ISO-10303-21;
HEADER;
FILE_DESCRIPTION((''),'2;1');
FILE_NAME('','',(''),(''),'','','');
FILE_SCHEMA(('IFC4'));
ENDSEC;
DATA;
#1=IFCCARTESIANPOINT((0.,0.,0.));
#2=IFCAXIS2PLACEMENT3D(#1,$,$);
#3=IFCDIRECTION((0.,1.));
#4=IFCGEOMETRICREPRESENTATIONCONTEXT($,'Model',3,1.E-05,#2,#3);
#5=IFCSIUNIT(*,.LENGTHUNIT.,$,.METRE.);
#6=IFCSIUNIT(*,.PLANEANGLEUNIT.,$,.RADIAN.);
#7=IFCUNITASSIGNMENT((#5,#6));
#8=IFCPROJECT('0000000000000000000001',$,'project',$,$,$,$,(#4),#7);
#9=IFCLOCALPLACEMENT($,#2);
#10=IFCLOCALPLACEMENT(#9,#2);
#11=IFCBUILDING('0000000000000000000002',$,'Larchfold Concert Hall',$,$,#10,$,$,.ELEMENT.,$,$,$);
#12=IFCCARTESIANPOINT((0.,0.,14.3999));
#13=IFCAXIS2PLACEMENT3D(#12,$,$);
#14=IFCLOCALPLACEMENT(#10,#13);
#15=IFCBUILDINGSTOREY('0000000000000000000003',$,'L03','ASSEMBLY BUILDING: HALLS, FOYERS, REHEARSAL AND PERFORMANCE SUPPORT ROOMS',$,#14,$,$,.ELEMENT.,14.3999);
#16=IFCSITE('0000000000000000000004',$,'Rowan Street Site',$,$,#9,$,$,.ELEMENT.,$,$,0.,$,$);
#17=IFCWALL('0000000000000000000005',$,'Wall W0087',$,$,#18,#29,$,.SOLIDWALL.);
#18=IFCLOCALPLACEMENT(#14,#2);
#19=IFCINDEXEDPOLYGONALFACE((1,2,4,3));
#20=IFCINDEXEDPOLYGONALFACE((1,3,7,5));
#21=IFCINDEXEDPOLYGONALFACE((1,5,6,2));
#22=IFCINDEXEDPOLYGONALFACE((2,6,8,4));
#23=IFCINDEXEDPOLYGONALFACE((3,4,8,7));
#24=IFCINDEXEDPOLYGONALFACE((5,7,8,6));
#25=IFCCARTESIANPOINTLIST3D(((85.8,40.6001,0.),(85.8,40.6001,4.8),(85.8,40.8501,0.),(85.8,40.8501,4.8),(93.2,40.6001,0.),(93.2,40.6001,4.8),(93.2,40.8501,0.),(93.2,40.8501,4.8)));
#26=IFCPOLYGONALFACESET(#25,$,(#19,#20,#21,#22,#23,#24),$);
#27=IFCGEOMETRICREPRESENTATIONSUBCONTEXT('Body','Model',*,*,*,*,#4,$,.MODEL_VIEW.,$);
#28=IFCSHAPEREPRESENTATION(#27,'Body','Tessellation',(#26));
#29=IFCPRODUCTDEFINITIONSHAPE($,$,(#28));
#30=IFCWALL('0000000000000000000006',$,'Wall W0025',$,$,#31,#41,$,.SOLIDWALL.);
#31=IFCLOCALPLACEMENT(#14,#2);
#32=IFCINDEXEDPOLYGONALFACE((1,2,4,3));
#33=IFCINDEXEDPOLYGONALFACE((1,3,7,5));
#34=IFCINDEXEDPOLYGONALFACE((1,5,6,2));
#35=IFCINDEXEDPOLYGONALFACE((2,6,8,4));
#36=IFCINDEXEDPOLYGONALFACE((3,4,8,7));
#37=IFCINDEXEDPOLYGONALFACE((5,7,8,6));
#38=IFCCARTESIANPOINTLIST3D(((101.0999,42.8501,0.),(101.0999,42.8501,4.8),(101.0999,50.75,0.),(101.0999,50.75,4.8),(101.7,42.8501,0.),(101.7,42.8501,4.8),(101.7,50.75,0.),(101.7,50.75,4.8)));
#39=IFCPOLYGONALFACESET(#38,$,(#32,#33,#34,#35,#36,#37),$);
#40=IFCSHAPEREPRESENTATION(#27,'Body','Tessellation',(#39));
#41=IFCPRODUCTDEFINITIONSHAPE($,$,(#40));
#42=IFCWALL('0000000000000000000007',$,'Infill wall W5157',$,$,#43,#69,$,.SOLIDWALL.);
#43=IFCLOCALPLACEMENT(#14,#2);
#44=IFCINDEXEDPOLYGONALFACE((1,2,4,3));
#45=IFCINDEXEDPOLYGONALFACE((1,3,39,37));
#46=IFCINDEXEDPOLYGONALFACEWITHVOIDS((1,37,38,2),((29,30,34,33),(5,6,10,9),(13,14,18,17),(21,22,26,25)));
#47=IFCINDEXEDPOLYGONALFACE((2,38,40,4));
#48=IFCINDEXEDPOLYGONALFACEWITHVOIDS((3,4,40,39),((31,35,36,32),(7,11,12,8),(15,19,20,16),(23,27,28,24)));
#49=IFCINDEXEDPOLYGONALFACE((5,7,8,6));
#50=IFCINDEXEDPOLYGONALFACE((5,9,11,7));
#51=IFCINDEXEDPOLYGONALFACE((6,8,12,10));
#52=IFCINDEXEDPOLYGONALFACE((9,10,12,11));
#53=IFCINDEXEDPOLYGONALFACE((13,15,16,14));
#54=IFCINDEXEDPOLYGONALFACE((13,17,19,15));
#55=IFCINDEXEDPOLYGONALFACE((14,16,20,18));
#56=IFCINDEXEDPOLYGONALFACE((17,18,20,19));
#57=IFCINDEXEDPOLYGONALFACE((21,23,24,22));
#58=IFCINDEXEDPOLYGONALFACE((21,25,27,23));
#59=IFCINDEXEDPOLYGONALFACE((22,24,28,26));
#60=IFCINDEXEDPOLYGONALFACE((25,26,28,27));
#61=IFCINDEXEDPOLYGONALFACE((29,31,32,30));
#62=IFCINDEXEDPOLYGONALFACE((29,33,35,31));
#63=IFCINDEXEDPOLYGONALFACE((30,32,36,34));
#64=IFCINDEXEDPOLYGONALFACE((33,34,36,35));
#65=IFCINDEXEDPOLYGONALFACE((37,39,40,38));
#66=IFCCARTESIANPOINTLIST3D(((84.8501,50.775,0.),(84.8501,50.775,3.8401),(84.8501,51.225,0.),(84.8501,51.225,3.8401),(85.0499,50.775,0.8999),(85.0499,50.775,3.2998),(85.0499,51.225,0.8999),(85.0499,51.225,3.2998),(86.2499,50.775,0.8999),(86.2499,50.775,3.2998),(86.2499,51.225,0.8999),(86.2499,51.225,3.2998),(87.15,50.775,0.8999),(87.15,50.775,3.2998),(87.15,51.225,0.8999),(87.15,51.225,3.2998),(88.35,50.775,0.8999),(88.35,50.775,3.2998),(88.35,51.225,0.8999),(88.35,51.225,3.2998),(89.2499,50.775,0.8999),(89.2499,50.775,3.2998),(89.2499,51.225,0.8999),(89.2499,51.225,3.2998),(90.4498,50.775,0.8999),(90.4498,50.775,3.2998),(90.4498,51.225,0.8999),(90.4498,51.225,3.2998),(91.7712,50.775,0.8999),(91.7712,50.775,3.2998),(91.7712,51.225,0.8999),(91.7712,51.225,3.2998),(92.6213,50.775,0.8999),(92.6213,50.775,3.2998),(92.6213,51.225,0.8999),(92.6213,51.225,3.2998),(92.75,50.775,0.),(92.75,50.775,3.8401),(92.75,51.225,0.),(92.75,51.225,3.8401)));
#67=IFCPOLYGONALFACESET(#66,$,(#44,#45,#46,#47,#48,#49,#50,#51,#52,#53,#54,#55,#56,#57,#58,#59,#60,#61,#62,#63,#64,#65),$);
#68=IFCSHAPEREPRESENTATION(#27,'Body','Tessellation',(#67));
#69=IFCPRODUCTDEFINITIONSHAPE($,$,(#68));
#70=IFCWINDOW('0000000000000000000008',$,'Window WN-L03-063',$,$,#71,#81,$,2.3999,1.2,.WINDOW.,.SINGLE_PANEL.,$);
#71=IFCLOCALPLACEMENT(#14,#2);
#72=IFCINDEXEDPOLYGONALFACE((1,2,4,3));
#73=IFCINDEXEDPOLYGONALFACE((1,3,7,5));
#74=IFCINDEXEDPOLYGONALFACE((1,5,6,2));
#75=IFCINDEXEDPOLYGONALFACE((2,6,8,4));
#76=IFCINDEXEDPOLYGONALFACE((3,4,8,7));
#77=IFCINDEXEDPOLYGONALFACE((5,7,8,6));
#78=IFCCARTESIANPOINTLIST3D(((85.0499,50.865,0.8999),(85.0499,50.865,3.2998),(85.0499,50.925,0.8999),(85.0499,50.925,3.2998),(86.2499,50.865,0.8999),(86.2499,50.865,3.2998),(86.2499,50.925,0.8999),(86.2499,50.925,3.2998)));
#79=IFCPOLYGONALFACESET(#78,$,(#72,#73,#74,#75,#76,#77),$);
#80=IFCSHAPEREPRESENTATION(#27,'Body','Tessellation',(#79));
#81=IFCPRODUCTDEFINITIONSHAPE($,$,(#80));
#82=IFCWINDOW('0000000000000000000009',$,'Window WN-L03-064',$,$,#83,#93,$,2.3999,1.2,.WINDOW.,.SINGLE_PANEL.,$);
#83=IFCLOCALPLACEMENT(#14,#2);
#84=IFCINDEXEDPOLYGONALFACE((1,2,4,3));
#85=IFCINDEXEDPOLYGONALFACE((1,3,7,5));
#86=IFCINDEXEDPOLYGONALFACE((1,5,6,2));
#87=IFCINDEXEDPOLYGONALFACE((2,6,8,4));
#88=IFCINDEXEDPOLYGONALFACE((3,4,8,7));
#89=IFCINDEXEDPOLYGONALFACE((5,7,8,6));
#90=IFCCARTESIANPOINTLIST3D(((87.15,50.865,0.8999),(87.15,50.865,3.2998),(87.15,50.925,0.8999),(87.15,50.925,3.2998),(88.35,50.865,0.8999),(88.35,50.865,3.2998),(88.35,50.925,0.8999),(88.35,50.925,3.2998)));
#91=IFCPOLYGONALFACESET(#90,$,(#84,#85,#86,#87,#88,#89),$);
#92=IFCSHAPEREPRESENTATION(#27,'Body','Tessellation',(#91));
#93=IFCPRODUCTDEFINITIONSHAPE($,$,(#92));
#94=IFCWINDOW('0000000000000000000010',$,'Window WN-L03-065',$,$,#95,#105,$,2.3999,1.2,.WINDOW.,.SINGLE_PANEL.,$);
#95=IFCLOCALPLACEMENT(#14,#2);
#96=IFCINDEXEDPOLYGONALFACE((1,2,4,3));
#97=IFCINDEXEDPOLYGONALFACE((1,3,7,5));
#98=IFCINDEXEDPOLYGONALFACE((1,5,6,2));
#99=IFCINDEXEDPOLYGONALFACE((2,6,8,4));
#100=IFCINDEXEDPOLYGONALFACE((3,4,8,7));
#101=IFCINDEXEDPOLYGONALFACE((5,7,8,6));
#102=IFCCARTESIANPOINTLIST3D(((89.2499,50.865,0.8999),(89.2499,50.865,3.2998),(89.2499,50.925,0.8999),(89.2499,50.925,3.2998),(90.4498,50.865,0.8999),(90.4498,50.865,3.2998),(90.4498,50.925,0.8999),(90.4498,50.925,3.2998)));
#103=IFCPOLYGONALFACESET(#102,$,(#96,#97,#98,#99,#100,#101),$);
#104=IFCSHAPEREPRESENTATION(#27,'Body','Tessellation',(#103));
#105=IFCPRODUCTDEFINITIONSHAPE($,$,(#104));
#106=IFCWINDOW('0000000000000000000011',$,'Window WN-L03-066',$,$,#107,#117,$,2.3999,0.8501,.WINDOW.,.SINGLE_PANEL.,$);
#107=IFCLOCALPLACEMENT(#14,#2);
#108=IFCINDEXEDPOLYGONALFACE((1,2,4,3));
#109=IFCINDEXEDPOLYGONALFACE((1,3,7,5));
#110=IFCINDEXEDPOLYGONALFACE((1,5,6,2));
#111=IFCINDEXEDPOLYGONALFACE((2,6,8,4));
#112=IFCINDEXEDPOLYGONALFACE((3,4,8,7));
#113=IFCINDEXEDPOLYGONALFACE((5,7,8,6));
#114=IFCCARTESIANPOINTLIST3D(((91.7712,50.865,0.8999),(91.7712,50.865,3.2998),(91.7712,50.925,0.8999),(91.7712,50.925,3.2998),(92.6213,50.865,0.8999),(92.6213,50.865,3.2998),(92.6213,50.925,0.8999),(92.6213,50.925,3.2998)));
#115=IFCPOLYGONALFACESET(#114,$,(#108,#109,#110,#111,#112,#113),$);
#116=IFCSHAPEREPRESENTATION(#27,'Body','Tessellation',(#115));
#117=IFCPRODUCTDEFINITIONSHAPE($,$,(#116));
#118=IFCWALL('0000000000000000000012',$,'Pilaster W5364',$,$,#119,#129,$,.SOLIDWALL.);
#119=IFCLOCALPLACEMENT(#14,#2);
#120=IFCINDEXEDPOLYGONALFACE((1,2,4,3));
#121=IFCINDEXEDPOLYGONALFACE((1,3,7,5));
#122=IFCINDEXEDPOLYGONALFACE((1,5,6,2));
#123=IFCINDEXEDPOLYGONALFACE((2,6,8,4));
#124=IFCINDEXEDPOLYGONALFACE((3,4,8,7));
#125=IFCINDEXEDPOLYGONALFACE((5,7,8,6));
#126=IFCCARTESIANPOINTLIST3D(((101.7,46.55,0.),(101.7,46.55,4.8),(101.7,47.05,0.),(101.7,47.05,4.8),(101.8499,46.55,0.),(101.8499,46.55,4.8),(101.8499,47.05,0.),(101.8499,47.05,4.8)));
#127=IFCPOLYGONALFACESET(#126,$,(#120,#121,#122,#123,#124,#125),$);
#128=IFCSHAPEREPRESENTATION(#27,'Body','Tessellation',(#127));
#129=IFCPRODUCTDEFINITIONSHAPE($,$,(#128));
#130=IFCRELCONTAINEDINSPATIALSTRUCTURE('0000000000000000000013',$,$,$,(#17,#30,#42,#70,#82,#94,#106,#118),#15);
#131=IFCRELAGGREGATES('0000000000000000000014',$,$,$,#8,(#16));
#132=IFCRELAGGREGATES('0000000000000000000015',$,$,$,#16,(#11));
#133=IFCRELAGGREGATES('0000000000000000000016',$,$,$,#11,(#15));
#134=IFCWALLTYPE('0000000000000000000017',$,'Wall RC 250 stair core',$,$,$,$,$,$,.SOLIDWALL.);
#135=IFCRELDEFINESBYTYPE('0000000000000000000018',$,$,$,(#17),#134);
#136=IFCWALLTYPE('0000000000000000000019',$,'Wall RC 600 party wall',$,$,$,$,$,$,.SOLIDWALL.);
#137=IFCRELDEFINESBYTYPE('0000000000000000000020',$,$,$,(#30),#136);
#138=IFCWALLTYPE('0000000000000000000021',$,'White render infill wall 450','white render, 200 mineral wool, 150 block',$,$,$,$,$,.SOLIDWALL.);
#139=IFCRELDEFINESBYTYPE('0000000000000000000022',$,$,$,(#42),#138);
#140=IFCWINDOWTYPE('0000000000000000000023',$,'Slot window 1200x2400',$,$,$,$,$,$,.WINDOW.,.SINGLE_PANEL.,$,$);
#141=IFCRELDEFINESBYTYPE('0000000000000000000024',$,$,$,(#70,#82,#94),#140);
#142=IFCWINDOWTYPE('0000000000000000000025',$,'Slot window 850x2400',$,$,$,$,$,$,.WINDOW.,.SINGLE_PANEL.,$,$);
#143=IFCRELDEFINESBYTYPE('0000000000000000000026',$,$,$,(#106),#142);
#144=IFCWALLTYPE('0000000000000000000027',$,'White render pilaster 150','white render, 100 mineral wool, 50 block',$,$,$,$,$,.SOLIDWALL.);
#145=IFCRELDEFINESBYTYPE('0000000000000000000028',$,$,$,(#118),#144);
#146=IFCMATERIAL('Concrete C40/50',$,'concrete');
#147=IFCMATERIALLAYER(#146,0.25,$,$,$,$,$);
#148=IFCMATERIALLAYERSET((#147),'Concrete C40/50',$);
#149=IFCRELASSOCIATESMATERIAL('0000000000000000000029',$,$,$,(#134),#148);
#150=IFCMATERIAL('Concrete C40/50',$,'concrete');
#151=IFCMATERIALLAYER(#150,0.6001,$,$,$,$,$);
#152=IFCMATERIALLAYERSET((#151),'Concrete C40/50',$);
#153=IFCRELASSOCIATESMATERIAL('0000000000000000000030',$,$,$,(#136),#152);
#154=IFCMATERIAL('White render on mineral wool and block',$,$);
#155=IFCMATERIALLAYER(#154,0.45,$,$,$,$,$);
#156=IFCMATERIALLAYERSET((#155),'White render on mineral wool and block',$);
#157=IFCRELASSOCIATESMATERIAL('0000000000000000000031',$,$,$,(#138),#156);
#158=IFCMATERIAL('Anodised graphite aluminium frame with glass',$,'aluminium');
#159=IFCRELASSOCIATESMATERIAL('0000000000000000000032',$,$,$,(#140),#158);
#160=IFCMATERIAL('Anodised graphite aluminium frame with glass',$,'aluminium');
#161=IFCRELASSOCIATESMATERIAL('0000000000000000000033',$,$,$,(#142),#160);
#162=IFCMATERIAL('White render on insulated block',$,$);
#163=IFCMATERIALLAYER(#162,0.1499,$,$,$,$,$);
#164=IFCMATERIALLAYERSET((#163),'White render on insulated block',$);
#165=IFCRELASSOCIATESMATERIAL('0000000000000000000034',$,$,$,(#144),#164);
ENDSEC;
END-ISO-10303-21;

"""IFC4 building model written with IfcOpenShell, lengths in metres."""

from ifc_helpers import new_model, si_unit, direction, frame, frame_2d, origin, place, context, subcontext, project, spatial, rectangle, extrude, material, layer, layer_set, type_object, element, fill, save


model = new_model("IFC4")

# Units and contexts
model_context = context("Model", 3, precision=1e-05, world=origin(), true_north=direction((0.0, 1.0)))
body_context = subcontext(model_context, "Body", "Model", "MODEL_VIEW")
ifc_project = project(units=[si_unit("LENGTHUNIT", "METRE"), si_unit("PLANEANGLEUNIT", "RADIAN")], contexts=[model_context])

# Site, building, storey
site_placement = place(None, origin())
site = spatial("IfcSite", under=ifc_project, at=site_placement, Name="Rowan Street Site", CompositionType="ELEMENT", RefElevation=0.0)
building_placement = place(site_placement, origin())
building = spatial("IfcBuilding", under=site, at=building_placement, Name="Larchfold Concert Hall", CompositionType="ELEMENT")
storey_placement = place(building_placement, frame((0.0, 0.0, 14.3999)))
storey = spatial("IfcBuildingStorey", under=building, at=storey_placement, Name="L03", Description="ASSEMBLY BUILDING: HALLS, FOYERS, REHEARSAL AND PERFORMANCE SUPPORT ROOMS", CompositionType="ELEMENT", Elevation=14.3999)

# Walls
ifc_material_1 = material(Name="Concrete C40/50", Category="concrete")
ifc_layer_1 = layer(ifc_material_1, 0.25)
ifc_layer_set_1 = layer_set([ifc_layer_1], Name="Concrete C40/50")
wall_type_1 = type_object("IfcWallType", Name="Wall RC 250 stair core", PredefinedType="SOLIDWALL", material=ifc_layer_set_1)
wall_1_placement = place(storey_placement, frame((85.8, 40.7251, 0.0), z_axis=(0.0, 0.0, 1.0), x_axis=(1.0, 0.0, 0.0)))
element("IfcWall", 1, at=wall_1_placement, inside=storey, type_object=wall_type_1, Name="Wall W0087", PredefinedType="SOLIDWALL", context=body_context, shape_type="SweptSolid", body=[
    extrude(rectangle(XDim=7.3999, YDim=0.25, at=frame_2d((3.7, 0.0))), origin(), (0.0, 0.0, 1.0), 4.8),
])
ifc_material_2 = material(Name="Concrete C40/50", Category="concrete")
ifc_layer_2 = layer(ifc_material_2, 0.6001)
ifc_layer_set_2 = layer_set([ifc_layer_2], Name="Concrete C40/50")
wall_type_2 = type_object("IfcWallType", Name="Wall RC 600 party wall", PredefinedType="SOLIDWALL", material=ifc_layer_set_2)
wall_2_placement = place(storey_placement, frame((101.3999, 42.8501, 0.0), z_axis=(0.0, 0.0, 1.0), x_axis=(0.0, 1.0, 0.0)))
element("IfcWall", 2, at=wall_2_placement, inside=storey, type_object=wall_type_2, Name="Wall W0025", PredefinedType="SOLIDWALL", context=body_context, shape_type="SweptSolid", body=[
    extrude(rectangle(XDim=7.8999, YDim=0.6001, at=frame_2d((3.95, 0.0))), origin(), (0.0, 0.0, 1.0), 4.8),
])

# Wall, openings, windows
ifc_material_3 = material(Name="White render on mineral wool and block")
ifc_layer_3 = layer(ifc_material_3, 0.45)
ifc_layer_set_3 = layer_set([ifc_layer_3], Name="White render on mineral wool and block")
wall_type_3 = type_object("IfcWallType", Name="White render infill wall 450", Description="white render, 200 mineral wool, 150 block", PredefinedType="SOLIDWALL", material=ifc_layer_set_3)
wall_3_placement = place(storey_placement, frame((92.75, 51.0, 0.0), z_axis=(0.0, 0.0, 1.0), x_axis=(-1.0, 0.0, 0.0)))
wall_3 = element("IfcWall", 3, at=wall_3_placement, inside=storey, type_object=wall_type_3, Name="Infill wall W5157", PredefinedType="SOLIDWALL", context=body_context, shape_type="SweptSolid", body=[
    extrude(rectangle(XDim=7.8999, YDim=0.45, at=frame_2d((3.95, 0.0))), origin(), (0.0, 0.0, 1.0), 3.8401),
])
opening_1_placement = place(wall_3_placement, frame((6.5, 0.0, 0.8999)))
opening_1 = element("IfcOpeningElement", 4, at=opening_1_placement, cuts=wall_3, PredefinedType="OPENING", context=body_context, shape_type="SweptSolid", body=[
    extrude(rectangle(XDim=1.2, YDim=2.3999, at=frame_2d((0.6001, 1.2))), frame((0.0, 0.2349, 0.0), z_axis=(0.0, -1.0, 0.0), x_axis=(1.0, 0.0, 0.0)), (0.0, 0.0, 1.0), 0.47),
])
opening_2_placement = place(wall_3_placement, frame((4.3999, 0.0, 0.8999)))
opening_2 = element("IfcOpeningElement", 5, at=opening_2_placement, cuts=wall_3, PredefinedType="OPENING", context=body_context, shape_type="SweptSolid", body=[
    extrude(rectangle(XDim=1.2, YDim=2.3999, at=frame_2d((0.6001, 1.2))), frame((0.0, 0.2349, 0.0), z_axis=(0.0, -1.0, 0.0), x_axis=(1.0, 0.0, 0.0)), (0.0, 0.0, 1.0), 0.47),
])
opening_3_placement = place(wall_3_placement, frame((2.3, 0.0, 0.8999)))
opening_3 = element("IfcOpeningElement", 6, at=opening_3_placement, cuts=wall_3, PredefinedType="OPENING", context=body_context, shape_type="SweptSolid", body=[
    extrude(rectangle(XDim=1.2, YDim=2.3999, at=frame_2d((0.6001, 1.2))), frame((0.0, 0.2349, 0.0), z_axis=(0.0, -1.0, 0.0), x_axis=(1.0, 0.0, 0.0)), (0.0, 0.0, 1.0), 0.47),
])
opening_4_placement = place(wall_3_placement, frame((0.1287, 0.0, 0.8999)))
opening_4 = element("IfcOpeningElement", 7, at=opening_4_placement, cuts=wall_3, PredefinedType="OPENING", context=body_context, shape_type="SweptSolid", body=[
    extrude(rectangle(XDim=0.8501, YDim=2.3999, at=frame_2d((0.425, 1.2))), frame((0.0, 0.2349, 0.0), z_axis=(0.0, -1.0, 0.0), x_axis=(1.0, 0.0, 0.0)), (0.0, 0.0, 1.0), 0.47),
])
ifc_material_4 = material(Name="Anodised graphite aluminium frame with glass", Category="aluminium")
window_type_1 = type_object("IfcWindowType", Name="Slot window 1200x2400", PartitioningType="SINGLE_PANEL", PredefinedType="WINDOW", material=ifc_material_4)
window_1_placement = place(opening_1_placement, origin())
window_1 = element("IfcWindow", 8, at=window_1_placement, inside=storey, type_object=window_type_1, Name="Window WN-L03-063", OverallHeight=2.3999, OverallWidth=1.2, PartitioningType="SINGLE_PANEL", PredefinedType="WINDOW", context=body_context, shape_type="SweptSolid", body=[
    extrude(rectangle(XDim=1.2, YDim=2.3999, at=frame_2d((0.6001, 1.2))), frame((0.0, 0.135, 0.0), z_axis=(0.0, -1.0, 0.0), x_axis=(1.0, 0.0, 0.0)), (0.0, 0.0, 1.0), 0.0601),
])
fill(opening_1, window_1)
window_2_placement = place(opening_2_placement, origin())
window_2 = element("IfcWindow", 9, at=window_2_placement, inside=storey, type_object=window_type_1, Name="Window WN-L03-064", OverallHeight=2.3999, OverallWidth=1.2, PartitioningType="SINGLE_PANEL", PredefinedType="WINDOW", context=body_context, shape_type="SweptSolid", body=[
    extrude(rectangle(XDim=1.2, YDim=2.3999, at=frame_2d((0.6001, 1.2))), frame((0.0, 0.135, 0.0), z_axis=(0.0, -1.0, 0.0), x_axis=(1.0, 0.0, 0.0)), (0.0, 0.0, 1.0), 0.0601),
])
fill(opening_2, window_2)
window_3_placement = place(opening_3_placement, origin())
window_3 = element("IfcWindow", 10, at=window_3_placement, inside=storey, type_object=window_type_1, Name="Window WN-L03-065", OverallHeight=2.3999, OverallWidth=1.2, PartitioningType="SINGLE_PANEL", PredefinedType="WINDOW", context=body_context, shape_type="SweptSolid", body=[
    extrude(rectangle(XDim=1.2, YDim=2.3999, at=frame_2d((0.6001, 1.2))), frame((0.0, 0.135, 0.0), z_axis=(0.0, -1.0, 0.0), x_axis=(1.0, 0.0, 0.0)), (0.0, 0.0, 1.0), 0.0601),
])
fill(opening_3, window_3)
ifc_material_5 = material(Name="Anodised graphite aluminium frame with glass", Category="aluminium")
window_type_2 = type_object("IfcWindowType", Name="Slot window 850x2400", PartitioningType="SINGLE_PANEL", PredefinedType="WINDOW", material=ifc_material_5)
window_4_placement = place(opening_4_placement, origin())
window_4 = element("IfcWindow", 11, at=window_4_placement, inside=storey, type_object=window_type_2, Name="Window WN-L03-066", OverallHeight=2.3999, OverallWidth=0.8501, PartitioningType="SINGLE_PANEL", PredefinedType="WINDOW", context=body_context, shape_type="SweptSolid", body=[
    extrude(rectangle(XDim=0.8501, YDim=2.3999, at=frame_2d((0.425, 1.2))), frame((0.0, 0.135, 0.0), z_axis=(0.0, -1.0, 0.0), x_axis=(1.0, 0.0, 0.0)), (0.0, 0.0, 1.0), 0.0601),
])
fill(opening_4, window_4)

# Wall
ifc_material_6 = material(Name="White render on insulated block")
ifc_layer_4 = layer(ifc_material_6, 0.1499)
ifc_layer_set_4 = layer_set([ifc_layer_4], Name="White render on insulated block")
wall_type_4 = type_object("IfcWallType", Name="White render pilaster 150", Description="white render, 100 mineral wool, 50 block", PredefinedType="SOLIDWALL", material=ifc_layer_set_4)
wall_4_placement = place(storey_placement, frame((101.7749, 46.55, 0.0), z_axis=(0.0, 0.0, 1.0), x_axis=(0.0, 1.0, 0.0)))
element("IfcWall", 12, at=wall_4_placement, inside=storey, type_object=wall_type_4, Name="Pilaster W5364", PredefinedType="SOLIDWALL", context=body_context, shape_type="SweptSolid", body=[
    extrude(rectangle(XDim=0.5, YDim=0.1499, at=frame_2d((0.25, 0.0))), origin(), (0.0, 0.0, 1.0), 4.8),
])

save(model, "model.ifc")
